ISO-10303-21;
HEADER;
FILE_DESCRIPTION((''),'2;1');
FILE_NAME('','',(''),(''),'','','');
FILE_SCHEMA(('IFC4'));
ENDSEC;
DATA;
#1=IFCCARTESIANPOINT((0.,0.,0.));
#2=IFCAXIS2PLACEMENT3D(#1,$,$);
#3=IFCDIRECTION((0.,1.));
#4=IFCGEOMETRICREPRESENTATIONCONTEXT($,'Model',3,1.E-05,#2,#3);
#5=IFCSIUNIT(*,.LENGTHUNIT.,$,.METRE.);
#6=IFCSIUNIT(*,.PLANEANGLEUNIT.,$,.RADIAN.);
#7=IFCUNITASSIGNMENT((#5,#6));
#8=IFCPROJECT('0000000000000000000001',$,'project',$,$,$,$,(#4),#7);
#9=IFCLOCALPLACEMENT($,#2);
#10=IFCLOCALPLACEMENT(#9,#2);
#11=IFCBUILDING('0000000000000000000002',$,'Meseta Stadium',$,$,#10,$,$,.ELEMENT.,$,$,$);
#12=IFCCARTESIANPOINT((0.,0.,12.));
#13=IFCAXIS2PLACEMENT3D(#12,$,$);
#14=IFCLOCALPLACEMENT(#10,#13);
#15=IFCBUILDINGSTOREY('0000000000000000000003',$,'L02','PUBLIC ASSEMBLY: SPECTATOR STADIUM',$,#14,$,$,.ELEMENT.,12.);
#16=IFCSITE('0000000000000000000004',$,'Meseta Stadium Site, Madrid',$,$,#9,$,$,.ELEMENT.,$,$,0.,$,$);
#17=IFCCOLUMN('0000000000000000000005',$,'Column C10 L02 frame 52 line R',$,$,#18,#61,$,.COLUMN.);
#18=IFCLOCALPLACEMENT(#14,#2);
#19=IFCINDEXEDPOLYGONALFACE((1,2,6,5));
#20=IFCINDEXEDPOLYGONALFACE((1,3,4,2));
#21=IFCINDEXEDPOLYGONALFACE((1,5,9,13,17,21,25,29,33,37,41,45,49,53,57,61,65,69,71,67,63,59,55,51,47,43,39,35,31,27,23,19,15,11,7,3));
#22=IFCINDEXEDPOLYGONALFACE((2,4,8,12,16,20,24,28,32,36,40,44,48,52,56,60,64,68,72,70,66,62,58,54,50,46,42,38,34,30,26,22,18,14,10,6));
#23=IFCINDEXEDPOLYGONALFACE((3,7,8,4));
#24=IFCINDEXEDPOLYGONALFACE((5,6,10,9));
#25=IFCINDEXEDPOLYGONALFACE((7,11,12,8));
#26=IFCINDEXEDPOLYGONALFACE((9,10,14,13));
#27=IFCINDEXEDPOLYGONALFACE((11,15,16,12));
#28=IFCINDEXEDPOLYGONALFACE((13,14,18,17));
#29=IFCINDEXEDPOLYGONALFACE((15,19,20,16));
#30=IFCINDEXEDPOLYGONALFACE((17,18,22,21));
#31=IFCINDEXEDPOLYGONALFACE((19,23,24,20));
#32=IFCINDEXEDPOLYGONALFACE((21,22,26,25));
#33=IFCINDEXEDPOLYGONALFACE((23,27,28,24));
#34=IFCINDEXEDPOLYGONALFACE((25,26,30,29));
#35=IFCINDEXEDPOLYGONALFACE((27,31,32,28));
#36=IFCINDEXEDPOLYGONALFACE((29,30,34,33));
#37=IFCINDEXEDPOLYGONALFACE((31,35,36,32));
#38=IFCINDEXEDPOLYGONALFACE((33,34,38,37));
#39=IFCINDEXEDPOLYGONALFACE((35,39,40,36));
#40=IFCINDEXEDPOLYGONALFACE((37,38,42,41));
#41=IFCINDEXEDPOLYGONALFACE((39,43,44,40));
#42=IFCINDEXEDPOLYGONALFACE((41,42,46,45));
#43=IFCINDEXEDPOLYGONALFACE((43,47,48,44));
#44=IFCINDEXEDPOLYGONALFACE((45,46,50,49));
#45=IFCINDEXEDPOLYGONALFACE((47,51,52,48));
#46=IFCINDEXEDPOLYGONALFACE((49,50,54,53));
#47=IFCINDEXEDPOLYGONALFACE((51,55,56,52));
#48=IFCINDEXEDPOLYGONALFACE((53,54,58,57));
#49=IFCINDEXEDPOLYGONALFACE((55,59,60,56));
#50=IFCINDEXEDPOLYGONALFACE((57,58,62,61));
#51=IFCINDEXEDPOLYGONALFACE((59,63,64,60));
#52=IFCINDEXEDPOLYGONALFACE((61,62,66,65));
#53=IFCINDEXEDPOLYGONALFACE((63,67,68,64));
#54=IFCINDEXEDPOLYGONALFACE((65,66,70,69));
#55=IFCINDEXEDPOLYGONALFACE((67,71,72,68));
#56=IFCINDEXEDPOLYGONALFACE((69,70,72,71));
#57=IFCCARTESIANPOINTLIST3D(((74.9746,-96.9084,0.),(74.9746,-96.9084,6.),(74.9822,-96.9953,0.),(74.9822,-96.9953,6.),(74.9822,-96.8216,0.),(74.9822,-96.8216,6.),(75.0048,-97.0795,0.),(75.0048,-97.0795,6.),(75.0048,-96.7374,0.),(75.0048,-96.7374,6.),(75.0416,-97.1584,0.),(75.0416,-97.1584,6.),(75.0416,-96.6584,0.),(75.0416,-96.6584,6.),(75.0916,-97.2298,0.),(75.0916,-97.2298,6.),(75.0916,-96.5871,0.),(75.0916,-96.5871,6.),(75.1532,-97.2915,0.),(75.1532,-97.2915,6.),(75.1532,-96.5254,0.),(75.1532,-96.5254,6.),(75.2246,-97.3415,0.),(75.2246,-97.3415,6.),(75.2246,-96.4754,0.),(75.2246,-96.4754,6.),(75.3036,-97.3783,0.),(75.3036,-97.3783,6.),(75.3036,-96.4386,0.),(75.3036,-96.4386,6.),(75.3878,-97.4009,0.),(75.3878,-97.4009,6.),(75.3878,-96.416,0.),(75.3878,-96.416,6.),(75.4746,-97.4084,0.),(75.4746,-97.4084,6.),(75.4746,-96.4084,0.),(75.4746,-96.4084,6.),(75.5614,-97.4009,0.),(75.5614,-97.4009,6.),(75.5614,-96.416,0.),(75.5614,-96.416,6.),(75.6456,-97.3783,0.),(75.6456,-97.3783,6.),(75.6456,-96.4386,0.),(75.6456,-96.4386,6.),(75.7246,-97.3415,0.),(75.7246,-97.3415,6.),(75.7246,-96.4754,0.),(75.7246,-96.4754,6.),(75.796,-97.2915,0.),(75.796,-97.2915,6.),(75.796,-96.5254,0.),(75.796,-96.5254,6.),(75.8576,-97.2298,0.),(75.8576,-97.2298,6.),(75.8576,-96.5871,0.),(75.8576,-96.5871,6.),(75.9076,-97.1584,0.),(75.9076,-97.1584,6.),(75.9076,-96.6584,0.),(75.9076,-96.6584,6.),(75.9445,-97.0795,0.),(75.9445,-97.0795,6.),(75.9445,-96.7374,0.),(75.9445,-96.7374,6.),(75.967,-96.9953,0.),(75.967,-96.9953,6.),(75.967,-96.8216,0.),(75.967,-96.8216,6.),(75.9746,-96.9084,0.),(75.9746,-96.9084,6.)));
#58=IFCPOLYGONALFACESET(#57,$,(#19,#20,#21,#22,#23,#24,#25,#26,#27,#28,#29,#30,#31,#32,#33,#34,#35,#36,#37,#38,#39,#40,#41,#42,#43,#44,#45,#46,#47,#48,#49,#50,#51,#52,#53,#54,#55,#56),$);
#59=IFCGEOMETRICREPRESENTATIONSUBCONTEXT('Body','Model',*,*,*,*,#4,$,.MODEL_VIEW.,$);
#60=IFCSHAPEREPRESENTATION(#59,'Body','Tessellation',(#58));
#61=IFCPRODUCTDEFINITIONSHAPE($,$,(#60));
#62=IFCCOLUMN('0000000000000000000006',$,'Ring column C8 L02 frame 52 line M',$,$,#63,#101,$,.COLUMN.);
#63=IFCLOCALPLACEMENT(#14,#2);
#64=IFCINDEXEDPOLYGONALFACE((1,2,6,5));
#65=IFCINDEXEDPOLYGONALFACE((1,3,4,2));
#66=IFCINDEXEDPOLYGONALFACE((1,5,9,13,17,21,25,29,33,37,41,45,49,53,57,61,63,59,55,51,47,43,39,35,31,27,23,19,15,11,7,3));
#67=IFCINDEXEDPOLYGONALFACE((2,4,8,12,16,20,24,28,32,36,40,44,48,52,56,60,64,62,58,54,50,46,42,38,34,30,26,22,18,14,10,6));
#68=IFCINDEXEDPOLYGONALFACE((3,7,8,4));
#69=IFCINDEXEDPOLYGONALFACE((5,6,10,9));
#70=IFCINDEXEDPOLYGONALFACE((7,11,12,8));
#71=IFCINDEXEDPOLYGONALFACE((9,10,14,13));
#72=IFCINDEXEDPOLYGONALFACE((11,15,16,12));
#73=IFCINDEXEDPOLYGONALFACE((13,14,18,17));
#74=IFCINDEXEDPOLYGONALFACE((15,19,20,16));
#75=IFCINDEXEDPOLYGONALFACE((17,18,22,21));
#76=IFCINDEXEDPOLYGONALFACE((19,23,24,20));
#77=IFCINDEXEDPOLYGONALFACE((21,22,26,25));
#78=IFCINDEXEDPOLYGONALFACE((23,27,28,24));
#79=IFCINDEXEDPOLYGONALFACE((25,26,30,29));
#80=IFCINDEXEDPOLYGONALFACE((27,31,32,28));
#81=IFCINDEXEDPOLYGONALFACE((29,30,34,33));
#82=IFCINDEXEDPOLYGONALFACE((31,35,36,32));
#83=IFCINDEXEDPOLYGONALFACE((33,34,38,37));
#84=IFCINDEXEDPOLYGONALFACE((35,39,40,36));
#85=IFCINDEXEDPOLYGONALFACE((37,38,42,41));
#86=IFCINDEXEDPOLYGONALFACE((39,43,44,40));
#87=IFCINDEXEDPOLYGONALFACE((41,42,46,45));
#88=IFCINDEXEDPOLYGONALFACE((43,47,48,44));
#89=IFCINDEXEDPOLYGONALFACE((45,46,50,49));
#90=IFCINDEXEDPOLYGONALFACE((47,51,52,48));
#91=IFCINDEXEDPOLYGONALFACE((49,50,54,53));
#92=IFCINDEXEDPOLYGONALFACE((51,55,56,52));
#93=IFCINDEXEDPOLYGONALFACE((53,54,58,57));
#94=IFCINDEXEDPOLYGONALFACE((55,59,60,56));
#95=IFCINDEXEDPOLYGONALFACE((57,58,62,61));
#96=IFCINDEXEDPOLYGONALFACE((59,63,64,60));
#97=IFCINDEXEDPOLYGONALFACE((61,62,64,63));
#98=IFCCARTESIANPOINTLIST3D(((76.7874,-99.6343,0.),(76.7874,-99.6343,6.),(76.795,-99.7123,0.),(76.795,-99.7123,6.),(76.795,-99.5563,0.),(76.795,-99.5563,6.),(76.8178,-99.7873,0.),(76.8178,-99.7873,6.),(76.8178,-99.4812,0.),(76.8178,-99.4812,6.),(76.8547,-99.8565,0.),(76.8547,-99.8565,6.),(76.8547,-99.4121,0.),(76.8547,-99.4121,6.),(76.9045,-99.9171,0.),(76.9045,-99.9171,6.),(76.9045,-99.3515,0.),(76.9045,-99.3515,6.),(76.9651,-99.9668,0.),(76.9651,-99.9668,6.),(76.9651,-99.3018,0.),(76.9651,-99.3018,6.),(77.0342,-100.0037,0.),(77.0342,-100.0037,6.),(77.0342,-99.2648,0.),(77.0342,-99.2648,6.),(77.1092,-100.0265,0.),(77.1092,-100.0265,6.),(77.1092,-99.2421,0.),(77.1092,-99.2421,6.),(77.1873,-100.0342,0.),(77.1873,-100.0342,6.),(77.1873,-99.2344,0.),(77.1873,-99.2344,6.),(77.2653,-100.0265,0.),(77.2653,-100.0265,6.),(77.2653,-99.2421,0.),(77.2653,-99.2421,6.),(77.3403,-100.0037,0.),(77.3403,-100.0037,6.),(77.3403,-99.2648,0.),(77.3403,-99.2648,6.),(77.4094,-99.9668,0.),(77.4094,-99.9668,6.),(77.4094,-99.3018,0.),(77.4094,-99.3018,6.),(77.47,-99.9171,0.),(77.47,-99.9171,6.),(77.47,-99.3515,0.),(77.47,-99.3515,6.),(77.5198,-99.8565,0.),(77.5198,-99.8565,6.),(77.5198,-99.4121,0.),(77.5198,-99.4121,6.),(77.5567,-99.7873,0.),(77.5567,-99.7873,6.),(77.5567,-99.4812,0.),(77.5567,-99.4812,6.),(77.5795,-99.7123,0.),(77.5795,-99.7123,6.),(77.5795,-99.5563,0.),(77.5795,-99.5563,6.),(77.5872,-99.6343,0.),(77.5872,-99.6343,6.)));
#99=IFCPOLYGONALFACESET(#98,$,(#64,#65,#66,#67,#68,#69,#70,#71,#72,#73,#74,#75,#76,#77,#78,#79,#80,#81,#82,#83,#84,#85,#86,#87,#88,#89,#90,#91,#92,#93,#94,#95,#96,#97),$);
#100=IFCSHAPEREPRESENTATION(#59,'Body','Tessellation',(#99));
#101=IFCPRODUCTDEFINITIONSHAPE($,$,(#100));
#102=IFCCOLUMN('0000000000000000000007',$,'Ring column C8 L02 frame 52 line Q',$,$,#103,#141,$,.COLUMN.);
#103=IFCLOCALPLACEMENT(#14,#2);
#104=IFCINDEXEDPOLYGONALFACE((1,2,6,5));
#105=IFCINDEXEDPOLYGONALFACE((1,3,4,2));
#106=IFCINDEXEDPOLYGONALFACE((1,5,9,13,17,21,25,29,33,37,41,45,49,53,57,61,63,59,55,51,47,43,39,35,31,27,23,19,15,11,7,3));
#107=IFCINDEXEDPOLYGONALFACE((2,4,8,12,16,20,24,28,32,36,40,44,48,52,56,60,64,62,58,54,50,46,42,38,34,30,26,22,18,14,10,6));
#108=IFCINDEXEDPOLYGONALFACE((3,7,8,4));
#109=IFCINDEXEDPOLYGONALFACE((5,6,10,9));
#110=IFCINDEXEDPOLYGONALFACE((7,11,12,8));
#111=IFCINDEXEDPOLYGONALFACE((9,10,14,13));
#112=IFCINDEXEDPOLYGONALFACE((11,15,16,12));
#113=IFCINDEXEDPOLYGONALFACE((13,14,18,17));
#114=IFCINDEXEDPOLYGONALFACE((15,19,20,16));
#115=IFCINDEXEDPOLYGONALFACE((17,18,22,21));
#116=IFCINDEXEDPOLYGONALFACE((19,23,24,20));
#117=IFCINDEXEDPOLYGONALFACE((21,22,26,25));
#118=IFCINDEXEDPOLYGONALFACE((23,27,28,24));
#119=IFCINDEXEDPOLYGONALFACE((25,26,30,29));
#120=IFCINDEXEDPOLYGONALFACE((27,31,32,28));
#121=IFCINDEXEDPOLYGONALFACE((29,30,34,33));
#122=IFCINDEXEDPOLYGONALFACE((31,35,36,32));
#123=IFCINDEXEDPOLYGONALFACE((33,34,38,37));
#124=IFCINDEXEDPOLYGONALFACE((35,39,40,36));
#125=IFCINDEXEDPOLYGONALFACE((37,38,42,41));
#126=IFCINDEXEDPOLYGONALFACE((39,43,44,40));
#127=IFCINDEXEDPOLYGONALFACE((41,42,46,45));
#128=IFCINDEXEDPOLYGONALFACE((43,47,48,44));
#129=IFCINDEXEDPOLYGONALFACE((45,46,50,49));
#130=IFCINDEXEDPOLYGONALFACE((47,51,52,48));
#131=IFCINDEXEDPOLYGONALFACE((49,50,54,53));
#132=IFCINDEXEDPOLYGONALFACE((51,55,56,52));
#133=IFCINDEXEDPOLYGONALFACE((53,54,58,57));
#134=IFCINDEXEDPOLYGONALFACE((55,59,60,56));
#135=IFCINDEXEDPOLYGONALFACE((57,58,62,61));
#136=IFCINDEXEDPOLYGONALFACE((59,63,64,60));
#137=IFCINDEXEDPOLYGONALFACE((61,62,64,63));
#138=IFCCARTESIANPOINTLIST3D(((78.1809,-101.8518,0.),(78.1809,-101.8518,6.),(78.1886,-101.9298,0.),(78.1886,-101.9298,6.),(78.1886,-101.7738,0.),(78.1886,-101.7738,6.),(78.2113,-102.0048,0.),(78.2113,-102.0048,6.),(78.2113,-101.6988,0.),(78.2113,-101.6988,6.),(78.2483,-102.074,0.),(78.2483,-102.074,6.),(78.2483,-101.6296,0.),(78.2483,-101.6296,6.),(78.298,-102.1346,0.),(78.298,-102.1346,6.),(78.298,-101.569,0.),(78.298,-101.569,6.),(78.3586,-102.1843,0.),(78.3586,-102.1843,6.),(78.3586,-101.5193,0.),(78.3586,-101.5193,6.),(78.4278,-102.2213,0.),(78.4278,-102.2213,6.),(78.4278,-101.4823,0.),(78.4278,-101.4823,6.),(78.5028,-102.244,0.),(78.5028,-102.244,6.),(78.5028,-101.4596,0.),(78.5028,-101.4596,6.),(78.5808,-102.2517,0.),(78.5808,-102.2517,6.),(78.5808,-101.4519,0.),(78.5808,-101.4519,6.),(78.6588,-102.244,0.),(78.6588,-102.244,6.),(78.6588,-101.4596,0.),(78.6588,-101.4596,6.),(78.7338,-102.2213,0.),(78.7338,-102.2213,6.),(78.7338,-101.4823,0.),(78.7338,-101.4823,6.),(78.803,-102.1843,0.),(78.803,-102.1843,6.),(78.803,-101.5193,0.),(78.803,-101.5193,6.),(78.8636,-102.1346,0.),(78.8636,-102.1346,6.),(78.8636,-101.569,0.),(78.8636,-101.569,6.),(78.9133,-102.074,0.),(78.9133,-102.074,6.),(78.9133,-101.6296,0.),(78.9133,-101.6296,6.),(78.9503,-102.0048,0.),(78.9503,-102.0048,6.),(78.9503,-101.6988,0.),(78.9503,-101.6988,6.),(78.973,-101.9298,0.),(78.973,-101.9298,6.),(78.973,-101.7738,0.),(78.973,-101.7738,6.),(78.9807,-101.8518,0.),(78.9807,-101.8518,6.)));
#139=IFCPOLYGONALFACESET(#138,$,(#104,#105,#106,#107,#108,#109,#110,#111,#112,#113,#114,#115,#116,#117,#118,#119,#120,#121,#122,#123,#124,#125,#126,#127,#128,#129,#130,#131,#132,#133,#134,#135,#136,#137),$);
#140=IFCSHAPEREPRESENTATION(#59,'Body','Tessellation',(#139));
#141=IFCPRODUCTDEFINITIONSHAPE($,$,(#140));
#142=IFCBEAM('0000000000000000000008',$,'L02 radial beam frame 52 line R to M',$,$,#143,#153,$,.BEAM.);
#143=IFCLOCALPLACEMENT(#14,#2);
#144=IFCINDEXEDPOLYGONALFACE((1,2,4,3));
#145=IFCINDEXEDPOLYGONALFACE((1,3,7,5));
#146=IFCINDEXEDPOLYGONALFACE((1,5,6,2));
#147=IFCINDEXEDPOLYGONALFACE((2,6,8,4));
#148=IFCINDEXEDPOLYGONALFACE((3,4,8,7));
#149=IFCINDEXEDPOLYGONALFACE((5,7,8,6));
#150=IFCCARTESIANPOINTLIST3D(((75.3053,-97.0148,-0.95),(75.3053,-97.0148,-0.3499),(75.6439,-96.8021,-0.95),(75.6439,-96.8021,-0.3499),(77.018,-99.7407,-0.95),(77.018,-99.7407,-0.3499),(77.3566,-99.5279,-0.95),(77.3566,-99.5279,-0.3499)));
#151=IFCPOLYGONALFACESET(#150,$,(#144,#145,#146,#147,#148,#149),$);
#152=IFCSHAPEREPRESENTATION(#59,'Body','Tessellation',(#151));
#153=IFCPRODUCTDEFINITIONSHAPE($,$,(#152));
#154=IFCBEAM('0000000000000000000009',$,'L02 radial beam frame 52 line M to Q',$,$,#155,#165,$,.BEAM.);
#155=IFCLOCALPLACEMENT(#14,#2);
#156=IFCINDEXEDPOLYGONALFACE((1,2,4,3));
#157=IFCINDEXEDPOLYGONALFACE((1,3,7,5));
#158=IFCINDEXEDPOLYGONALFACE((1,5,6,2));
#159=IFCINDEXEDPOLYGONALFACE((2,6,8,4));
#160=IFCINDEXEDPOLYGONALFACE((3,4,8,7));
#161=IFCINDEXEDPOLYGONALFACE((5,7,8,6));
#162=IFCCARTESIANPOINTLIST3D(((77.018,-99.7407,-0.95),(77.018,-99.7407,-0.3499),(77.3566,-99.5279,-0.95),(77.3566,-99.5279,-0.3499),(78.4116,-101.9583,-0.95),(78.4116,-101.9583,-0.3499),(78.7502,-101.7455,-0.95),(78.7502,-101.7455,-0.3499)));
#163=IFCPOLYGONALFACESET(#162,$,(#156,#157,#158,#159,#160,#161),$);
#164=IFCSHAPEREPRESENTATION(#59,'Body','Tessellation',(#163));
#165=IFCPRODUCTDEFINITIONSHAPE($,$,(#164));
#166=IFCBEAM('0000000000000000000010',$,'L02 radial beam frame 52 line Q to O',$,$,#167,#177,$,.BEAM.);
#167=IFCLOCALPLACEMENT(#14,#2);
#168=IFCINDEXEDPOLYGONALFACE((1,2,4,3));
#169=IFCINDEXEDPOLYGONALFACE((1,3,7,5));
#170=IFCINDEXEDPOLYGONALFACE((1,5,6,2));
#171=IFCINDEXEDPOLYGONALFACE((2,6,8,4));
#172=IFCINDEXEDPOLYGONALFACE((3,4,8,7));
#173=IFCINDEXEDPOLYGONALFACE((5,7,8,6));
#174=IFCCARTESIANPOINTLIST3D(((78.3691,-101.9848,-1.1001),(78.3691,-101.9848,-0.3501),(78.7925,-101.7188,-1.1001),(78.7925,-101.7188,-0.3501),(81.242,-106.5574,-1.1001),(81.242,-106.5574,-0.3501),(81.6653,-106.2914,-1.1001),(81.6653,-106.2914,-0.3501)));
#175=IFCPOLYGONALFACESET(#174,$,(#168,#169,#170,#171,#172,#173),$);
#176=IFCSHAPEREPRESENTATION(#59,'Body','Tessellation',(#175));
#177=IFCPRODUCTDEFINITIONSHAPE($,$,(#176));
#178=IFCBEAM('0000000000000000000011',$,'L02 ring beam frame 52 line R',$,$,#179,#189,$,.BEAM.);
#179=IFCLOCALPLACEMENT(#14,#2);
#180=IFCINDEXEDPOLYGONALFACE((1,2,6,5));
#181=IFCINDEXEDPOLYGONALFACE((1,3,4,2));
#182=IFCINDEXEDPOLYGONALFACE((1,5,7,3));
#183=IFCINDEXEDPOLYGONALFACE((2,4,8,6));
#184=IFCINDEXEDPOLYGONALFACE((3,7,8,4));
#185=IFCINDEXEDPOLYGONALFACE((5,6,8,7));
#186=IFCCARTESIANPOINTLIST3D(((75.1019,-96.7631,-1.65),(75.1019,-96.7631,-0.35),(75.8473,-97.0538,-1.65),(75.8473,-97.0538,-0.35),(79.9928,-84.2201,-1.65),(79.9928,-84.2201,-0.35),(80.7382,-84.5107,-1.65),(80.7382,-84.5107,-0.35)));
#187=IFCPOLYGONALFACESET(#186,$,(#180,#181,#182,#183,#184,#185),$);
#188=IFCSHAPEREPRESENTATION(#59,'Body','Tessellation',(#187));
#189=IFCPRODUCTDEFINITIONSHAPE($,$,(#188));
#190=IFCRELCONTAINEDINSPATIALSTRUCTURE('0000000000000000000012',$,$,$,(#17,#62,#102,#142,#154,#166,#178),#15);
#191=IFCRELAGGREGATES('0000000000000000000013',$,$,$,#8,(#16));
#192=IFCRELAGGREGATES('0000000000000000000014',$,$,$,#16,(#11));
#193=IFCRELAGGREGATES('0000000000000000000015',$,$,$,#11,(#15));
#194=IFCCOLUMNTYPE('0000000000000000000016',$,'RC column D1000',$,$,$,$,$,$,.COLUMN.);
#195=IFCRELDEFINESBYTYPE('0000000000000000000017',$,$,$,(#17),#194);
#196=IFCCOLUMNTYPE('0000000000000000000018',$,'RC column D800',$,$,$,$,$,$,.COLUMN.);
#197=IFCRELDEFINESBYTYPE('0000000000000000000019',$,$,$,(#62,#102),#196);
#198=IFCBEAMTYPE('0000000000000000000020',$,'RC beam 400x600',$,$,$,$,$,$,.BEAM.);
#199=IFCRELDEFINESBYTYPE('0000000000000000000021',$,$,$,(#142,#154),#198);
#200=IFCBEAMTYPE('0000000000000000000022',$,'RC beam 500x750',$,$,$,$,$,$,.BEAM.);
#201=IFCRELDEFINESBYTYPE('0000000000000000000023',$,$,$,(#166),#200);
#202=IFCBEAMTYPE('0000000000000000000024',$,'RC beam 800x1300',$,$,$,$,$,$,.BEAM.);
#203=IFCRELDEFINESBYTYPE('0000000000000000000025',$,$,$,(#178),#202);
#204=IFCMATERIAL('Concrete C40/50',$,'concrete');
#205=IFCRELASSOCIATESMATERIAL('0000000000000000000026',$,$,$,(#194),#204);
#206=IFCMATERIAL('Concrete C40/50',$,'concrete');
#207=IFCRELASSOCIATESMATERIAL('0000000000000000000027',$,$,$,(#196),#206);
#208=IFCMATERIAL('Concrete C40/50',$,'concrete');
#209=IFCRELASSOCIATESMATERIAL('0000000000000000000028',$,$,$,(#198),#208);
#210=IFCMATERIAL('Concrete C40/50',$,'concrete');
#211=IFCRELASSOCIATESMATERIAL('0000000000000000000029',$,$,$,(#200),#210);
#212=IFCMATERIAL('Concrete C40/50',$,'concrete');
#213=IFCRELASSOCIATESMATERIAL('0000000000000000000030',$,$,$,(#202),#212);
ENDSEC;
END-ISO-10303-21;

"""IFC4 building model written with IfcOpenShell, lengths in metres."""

from ifc_helpers import new_model, si_unit, direction, frame, origin, origin_2d, place, context, subcontext, project, spatial, rectangle, circle, extrude, material, material_profile, profile_set, type_object, element, save


model = new_model("IFC4")

# Units and contexts
model_context = context("Model", 3, precision=1e-05, world=origin(), true_north=direction((0.0, 1.0)))
body_context = subcontext(model_context, "Body", "Model", "MODEL_VIEW")
ifc_project = project(units=[si_unit("LENGTHUNIT", "METRE"), si_unit("PLANEANGLEUNIT", "RADIAN")], contexts=[model_context])

# Site, building, storey
site_placement = place(None, origin())
site = spatial("IfcSite", under=ifc_project, at=site_placement, Name="Meseta Stadium Site, Madrid", CompositionType="ELEMENT", RefElevation=0.0)
building_placement = place(site_placement, origin())
building = spatial("IfcBuilding", under=site, at=building_placement, Name="Meseta Stadium", CompositionType="ELEMENT")
storey_placement = place(building_placement, frame((0.0, 0.0, 12.0)))
storey = spatial("IfcBuildingStorey", under=building, at=storey_placement, Name="L02", Description="PUBLIC ASSEMBLY: SPECTATOR STADIUM", CompositionType="ELEMENT", Elevation=12.0)

# Columns
ifc_material_1 = material(Name="Concrete C40/50", Category="concrete")
ifc_material_profile_1 = material_profile(ifc_material_1, circle(Radius=0.5, at=origin_2d()), Name="RC D1000")
ifc_profile_set_1 = profile_set([ifc_material_profile_1], Name="Concrete C40/50")
column_type_1 = type_object("IfcColumnType", Name="RC column D1000", PredefinedType="COLUMN", material=ifc_profile_set_1)
column_placement = place(storey_placement, frame((75.4746, -96.9084, 0.0), z_axis=(0.0, 0.0, 1.0), x_axis=(1.0, 0.0, 0.0)))
element("IfcColumn", 1, at=column_placement, inside=storey, type_object=column_type_1, Name="Column C10 L02 frame 52 line R", PredefinedType="COLUMN", context=body_context, shape_type="SweptSolid", body=[
    extrude(circle(Radius=0.5, at=origin_2d()), origin(), (0.0, 0.0, 1.0), 6.0),
])
ifc_material_2 = material(Name="Concrete C40/50", Category="concrete")
ifc_material_profile_2 = material_profile(ifc_material_2, circle(Radius=0.3999, at=origin_2d()), Name="RC D800")
ifc_profile_set_2 = profile_set([ifc_material_profile_2], Name="Concrete C40/50")
column_type_2 = type_object("IfcColumnType", Name="RC column D800", PredefinedType="COLUMN", material=ifc_profile_set_2)
for number, where, z_axis, x_axis, name in (
    (2, (77.1873, -99.6343, 0.0), (0.0, 0.0, 1.0), (1.0, 0.0, 0.0), "Ring column C8 L02 frame 52 line M"),
    (3, (78.5808, -101.8518, 0.0), (0.0, 0.0, 1.0), (1.0, 0.0, 0.0), "Ring column C8 L02 frame 52 line Q"),
):
    element("IfcColumn", number, at=place(storey_placement, frame(where, z_axis=z_axis, x_axis=x_axis)), inside=storey, type_object=column_type_2, Name=name, PredefinedType="COLUMN", context=body_context, shape_type="SweptSolid", body=[
        extrude(circle(Radius=0.3999, at=origin_2d()), origin(), (0.0, 0.0, 1.0), 6.0),
    ])

# Beams
ifc_material_3 = material(Name="Concrete C40/50", Category="concrete")
ifc_material_profile_3 = material_profile(ifc_material_3, rectangle(XDim=0.3999, YDim=0.6001, at=origin_2d()), Name="RC 400x600")
ifc_profile_set_3 = profile_set([ifc_material_profile_3], Name="Concrete C40/50")
beam_type_1 = type_object("IfcBeamType", Name="RC beam 400x600", PredefinedType="BEAM", material=ifc_profile_set_3)
beam_1_placement = place(storey_placement, frame((75.4746, -96.9084, -0.6499), z_axis=(0.532008, -0.846739, 0.0), x_axis=(0.846739, 0.532008, 0.0)))
element("IfcBeam", 4, at=beam_1_placement, inside=storey, type_object=beam_type_1, Name="L02 radial beam frame 52 line R to M", PredefinedType="BEAM", context=body_context, shape_type="SweptSolid", body=[
    extrude(rectangle(XDim=0.3999, YDim=0.6001, at=origin_2d()), origin(), (0.0, 0.0, 1.0), 3.2192),
])
beam_2_placement = place(storey_placement, frame((77.1873, -99.6343, -0.6499), z_axis=(0.532084, -0.846692, 0.0), x_axis=(0.846692, 0.532084, 0.0)))
element("IfcBeam", 5, at=beam_2_placement, inside=storey, type_object=beam_type_1, Name="L02 radial beam frame 52 line M to Q", PredefinedType="BEAM", context=body_context, shape_type="SweptSolid", body=[
    extrude(rectangle(XDim=0.3999, YDim=0.6001, at=origin_2d()), origin(), (0.0, 0.0, 1.0), 2.6191),
])
ifc_material_4 = material(Name="Concrete C40/50", Category="concrete")
ifc_material_profile_4 = material_profile(ifc_material_4, rectangle(XDim=0.5, YDim=0.75, at=origin_2d()), Name="RC 500x750")
ifc_profile_set_4 = profile_set([ifc_material_profile_4], Name="Concrete C40/50")
beam_type_2 = type_object("IfcBeamType", Name="RC beam 500x750", PredefinedType="BEAM", material=ifc_profile_set_4)
beam_3_placement = place(storey_placement, frame((78.5808, -101.8518, -0.7251), z_axis=(0.531993, -0.846749, 0.0), x_axis=(0.846749, 0.531993, 0.0)))
element("IfcBeam", 6, at=beam_3_placement, inside=storey, type_object=beam_type_2, Name="L02 radial beam frame 52 line Q to O", PredefinedType="BEAM", context=body_context, shape_type="SweptSolid", body=[
    extrude(rectangle(XDim=0.5, YDim=0.75, at=origin_2d()), origin(), (0.0, 0.0, 1.0), 5.4001),
])
ifc_material_5 = material(Name="Concrete C40/50", Category="concrete")
ifc_material_profile_5 = material_profile(ifc_material_5, rectangle(XDim=0.8, YDim=1.3, at=origin_2d()), Name="RC 800x1300")
ifc_profile_set_5 = profile_set([ifc_material_profile_5], Name="Concrete C40/50")
beam_type_3 = type_object("IfcBeamType", Name="RC beam 800x1300", PredefinedType="BEAM", material=ifc_profile_set_5)
beam_4_placement = place(storey_placement, frame((75.4746, -96.9084, -1.0), z_axis=(0.363288, 0.931677, 0.0), x_axis=(-0.931677, 0.363288, 0.0)))
element("IfcBeam", 7, at=beam_4_placement, inside=storey, type_object=beam_type_3, Name="L02 ring beam frame 52 line R", PredefinedType="BEAM", context=body_context, shape_type="SweptSolid", body=[
    extrude(rectangle(XDim=0.8, YDim=1.3, at=origin_2d()), origin(), (0.0, 0.0, 1.0), 13.4629),
])

save(model, "model.ifc")
